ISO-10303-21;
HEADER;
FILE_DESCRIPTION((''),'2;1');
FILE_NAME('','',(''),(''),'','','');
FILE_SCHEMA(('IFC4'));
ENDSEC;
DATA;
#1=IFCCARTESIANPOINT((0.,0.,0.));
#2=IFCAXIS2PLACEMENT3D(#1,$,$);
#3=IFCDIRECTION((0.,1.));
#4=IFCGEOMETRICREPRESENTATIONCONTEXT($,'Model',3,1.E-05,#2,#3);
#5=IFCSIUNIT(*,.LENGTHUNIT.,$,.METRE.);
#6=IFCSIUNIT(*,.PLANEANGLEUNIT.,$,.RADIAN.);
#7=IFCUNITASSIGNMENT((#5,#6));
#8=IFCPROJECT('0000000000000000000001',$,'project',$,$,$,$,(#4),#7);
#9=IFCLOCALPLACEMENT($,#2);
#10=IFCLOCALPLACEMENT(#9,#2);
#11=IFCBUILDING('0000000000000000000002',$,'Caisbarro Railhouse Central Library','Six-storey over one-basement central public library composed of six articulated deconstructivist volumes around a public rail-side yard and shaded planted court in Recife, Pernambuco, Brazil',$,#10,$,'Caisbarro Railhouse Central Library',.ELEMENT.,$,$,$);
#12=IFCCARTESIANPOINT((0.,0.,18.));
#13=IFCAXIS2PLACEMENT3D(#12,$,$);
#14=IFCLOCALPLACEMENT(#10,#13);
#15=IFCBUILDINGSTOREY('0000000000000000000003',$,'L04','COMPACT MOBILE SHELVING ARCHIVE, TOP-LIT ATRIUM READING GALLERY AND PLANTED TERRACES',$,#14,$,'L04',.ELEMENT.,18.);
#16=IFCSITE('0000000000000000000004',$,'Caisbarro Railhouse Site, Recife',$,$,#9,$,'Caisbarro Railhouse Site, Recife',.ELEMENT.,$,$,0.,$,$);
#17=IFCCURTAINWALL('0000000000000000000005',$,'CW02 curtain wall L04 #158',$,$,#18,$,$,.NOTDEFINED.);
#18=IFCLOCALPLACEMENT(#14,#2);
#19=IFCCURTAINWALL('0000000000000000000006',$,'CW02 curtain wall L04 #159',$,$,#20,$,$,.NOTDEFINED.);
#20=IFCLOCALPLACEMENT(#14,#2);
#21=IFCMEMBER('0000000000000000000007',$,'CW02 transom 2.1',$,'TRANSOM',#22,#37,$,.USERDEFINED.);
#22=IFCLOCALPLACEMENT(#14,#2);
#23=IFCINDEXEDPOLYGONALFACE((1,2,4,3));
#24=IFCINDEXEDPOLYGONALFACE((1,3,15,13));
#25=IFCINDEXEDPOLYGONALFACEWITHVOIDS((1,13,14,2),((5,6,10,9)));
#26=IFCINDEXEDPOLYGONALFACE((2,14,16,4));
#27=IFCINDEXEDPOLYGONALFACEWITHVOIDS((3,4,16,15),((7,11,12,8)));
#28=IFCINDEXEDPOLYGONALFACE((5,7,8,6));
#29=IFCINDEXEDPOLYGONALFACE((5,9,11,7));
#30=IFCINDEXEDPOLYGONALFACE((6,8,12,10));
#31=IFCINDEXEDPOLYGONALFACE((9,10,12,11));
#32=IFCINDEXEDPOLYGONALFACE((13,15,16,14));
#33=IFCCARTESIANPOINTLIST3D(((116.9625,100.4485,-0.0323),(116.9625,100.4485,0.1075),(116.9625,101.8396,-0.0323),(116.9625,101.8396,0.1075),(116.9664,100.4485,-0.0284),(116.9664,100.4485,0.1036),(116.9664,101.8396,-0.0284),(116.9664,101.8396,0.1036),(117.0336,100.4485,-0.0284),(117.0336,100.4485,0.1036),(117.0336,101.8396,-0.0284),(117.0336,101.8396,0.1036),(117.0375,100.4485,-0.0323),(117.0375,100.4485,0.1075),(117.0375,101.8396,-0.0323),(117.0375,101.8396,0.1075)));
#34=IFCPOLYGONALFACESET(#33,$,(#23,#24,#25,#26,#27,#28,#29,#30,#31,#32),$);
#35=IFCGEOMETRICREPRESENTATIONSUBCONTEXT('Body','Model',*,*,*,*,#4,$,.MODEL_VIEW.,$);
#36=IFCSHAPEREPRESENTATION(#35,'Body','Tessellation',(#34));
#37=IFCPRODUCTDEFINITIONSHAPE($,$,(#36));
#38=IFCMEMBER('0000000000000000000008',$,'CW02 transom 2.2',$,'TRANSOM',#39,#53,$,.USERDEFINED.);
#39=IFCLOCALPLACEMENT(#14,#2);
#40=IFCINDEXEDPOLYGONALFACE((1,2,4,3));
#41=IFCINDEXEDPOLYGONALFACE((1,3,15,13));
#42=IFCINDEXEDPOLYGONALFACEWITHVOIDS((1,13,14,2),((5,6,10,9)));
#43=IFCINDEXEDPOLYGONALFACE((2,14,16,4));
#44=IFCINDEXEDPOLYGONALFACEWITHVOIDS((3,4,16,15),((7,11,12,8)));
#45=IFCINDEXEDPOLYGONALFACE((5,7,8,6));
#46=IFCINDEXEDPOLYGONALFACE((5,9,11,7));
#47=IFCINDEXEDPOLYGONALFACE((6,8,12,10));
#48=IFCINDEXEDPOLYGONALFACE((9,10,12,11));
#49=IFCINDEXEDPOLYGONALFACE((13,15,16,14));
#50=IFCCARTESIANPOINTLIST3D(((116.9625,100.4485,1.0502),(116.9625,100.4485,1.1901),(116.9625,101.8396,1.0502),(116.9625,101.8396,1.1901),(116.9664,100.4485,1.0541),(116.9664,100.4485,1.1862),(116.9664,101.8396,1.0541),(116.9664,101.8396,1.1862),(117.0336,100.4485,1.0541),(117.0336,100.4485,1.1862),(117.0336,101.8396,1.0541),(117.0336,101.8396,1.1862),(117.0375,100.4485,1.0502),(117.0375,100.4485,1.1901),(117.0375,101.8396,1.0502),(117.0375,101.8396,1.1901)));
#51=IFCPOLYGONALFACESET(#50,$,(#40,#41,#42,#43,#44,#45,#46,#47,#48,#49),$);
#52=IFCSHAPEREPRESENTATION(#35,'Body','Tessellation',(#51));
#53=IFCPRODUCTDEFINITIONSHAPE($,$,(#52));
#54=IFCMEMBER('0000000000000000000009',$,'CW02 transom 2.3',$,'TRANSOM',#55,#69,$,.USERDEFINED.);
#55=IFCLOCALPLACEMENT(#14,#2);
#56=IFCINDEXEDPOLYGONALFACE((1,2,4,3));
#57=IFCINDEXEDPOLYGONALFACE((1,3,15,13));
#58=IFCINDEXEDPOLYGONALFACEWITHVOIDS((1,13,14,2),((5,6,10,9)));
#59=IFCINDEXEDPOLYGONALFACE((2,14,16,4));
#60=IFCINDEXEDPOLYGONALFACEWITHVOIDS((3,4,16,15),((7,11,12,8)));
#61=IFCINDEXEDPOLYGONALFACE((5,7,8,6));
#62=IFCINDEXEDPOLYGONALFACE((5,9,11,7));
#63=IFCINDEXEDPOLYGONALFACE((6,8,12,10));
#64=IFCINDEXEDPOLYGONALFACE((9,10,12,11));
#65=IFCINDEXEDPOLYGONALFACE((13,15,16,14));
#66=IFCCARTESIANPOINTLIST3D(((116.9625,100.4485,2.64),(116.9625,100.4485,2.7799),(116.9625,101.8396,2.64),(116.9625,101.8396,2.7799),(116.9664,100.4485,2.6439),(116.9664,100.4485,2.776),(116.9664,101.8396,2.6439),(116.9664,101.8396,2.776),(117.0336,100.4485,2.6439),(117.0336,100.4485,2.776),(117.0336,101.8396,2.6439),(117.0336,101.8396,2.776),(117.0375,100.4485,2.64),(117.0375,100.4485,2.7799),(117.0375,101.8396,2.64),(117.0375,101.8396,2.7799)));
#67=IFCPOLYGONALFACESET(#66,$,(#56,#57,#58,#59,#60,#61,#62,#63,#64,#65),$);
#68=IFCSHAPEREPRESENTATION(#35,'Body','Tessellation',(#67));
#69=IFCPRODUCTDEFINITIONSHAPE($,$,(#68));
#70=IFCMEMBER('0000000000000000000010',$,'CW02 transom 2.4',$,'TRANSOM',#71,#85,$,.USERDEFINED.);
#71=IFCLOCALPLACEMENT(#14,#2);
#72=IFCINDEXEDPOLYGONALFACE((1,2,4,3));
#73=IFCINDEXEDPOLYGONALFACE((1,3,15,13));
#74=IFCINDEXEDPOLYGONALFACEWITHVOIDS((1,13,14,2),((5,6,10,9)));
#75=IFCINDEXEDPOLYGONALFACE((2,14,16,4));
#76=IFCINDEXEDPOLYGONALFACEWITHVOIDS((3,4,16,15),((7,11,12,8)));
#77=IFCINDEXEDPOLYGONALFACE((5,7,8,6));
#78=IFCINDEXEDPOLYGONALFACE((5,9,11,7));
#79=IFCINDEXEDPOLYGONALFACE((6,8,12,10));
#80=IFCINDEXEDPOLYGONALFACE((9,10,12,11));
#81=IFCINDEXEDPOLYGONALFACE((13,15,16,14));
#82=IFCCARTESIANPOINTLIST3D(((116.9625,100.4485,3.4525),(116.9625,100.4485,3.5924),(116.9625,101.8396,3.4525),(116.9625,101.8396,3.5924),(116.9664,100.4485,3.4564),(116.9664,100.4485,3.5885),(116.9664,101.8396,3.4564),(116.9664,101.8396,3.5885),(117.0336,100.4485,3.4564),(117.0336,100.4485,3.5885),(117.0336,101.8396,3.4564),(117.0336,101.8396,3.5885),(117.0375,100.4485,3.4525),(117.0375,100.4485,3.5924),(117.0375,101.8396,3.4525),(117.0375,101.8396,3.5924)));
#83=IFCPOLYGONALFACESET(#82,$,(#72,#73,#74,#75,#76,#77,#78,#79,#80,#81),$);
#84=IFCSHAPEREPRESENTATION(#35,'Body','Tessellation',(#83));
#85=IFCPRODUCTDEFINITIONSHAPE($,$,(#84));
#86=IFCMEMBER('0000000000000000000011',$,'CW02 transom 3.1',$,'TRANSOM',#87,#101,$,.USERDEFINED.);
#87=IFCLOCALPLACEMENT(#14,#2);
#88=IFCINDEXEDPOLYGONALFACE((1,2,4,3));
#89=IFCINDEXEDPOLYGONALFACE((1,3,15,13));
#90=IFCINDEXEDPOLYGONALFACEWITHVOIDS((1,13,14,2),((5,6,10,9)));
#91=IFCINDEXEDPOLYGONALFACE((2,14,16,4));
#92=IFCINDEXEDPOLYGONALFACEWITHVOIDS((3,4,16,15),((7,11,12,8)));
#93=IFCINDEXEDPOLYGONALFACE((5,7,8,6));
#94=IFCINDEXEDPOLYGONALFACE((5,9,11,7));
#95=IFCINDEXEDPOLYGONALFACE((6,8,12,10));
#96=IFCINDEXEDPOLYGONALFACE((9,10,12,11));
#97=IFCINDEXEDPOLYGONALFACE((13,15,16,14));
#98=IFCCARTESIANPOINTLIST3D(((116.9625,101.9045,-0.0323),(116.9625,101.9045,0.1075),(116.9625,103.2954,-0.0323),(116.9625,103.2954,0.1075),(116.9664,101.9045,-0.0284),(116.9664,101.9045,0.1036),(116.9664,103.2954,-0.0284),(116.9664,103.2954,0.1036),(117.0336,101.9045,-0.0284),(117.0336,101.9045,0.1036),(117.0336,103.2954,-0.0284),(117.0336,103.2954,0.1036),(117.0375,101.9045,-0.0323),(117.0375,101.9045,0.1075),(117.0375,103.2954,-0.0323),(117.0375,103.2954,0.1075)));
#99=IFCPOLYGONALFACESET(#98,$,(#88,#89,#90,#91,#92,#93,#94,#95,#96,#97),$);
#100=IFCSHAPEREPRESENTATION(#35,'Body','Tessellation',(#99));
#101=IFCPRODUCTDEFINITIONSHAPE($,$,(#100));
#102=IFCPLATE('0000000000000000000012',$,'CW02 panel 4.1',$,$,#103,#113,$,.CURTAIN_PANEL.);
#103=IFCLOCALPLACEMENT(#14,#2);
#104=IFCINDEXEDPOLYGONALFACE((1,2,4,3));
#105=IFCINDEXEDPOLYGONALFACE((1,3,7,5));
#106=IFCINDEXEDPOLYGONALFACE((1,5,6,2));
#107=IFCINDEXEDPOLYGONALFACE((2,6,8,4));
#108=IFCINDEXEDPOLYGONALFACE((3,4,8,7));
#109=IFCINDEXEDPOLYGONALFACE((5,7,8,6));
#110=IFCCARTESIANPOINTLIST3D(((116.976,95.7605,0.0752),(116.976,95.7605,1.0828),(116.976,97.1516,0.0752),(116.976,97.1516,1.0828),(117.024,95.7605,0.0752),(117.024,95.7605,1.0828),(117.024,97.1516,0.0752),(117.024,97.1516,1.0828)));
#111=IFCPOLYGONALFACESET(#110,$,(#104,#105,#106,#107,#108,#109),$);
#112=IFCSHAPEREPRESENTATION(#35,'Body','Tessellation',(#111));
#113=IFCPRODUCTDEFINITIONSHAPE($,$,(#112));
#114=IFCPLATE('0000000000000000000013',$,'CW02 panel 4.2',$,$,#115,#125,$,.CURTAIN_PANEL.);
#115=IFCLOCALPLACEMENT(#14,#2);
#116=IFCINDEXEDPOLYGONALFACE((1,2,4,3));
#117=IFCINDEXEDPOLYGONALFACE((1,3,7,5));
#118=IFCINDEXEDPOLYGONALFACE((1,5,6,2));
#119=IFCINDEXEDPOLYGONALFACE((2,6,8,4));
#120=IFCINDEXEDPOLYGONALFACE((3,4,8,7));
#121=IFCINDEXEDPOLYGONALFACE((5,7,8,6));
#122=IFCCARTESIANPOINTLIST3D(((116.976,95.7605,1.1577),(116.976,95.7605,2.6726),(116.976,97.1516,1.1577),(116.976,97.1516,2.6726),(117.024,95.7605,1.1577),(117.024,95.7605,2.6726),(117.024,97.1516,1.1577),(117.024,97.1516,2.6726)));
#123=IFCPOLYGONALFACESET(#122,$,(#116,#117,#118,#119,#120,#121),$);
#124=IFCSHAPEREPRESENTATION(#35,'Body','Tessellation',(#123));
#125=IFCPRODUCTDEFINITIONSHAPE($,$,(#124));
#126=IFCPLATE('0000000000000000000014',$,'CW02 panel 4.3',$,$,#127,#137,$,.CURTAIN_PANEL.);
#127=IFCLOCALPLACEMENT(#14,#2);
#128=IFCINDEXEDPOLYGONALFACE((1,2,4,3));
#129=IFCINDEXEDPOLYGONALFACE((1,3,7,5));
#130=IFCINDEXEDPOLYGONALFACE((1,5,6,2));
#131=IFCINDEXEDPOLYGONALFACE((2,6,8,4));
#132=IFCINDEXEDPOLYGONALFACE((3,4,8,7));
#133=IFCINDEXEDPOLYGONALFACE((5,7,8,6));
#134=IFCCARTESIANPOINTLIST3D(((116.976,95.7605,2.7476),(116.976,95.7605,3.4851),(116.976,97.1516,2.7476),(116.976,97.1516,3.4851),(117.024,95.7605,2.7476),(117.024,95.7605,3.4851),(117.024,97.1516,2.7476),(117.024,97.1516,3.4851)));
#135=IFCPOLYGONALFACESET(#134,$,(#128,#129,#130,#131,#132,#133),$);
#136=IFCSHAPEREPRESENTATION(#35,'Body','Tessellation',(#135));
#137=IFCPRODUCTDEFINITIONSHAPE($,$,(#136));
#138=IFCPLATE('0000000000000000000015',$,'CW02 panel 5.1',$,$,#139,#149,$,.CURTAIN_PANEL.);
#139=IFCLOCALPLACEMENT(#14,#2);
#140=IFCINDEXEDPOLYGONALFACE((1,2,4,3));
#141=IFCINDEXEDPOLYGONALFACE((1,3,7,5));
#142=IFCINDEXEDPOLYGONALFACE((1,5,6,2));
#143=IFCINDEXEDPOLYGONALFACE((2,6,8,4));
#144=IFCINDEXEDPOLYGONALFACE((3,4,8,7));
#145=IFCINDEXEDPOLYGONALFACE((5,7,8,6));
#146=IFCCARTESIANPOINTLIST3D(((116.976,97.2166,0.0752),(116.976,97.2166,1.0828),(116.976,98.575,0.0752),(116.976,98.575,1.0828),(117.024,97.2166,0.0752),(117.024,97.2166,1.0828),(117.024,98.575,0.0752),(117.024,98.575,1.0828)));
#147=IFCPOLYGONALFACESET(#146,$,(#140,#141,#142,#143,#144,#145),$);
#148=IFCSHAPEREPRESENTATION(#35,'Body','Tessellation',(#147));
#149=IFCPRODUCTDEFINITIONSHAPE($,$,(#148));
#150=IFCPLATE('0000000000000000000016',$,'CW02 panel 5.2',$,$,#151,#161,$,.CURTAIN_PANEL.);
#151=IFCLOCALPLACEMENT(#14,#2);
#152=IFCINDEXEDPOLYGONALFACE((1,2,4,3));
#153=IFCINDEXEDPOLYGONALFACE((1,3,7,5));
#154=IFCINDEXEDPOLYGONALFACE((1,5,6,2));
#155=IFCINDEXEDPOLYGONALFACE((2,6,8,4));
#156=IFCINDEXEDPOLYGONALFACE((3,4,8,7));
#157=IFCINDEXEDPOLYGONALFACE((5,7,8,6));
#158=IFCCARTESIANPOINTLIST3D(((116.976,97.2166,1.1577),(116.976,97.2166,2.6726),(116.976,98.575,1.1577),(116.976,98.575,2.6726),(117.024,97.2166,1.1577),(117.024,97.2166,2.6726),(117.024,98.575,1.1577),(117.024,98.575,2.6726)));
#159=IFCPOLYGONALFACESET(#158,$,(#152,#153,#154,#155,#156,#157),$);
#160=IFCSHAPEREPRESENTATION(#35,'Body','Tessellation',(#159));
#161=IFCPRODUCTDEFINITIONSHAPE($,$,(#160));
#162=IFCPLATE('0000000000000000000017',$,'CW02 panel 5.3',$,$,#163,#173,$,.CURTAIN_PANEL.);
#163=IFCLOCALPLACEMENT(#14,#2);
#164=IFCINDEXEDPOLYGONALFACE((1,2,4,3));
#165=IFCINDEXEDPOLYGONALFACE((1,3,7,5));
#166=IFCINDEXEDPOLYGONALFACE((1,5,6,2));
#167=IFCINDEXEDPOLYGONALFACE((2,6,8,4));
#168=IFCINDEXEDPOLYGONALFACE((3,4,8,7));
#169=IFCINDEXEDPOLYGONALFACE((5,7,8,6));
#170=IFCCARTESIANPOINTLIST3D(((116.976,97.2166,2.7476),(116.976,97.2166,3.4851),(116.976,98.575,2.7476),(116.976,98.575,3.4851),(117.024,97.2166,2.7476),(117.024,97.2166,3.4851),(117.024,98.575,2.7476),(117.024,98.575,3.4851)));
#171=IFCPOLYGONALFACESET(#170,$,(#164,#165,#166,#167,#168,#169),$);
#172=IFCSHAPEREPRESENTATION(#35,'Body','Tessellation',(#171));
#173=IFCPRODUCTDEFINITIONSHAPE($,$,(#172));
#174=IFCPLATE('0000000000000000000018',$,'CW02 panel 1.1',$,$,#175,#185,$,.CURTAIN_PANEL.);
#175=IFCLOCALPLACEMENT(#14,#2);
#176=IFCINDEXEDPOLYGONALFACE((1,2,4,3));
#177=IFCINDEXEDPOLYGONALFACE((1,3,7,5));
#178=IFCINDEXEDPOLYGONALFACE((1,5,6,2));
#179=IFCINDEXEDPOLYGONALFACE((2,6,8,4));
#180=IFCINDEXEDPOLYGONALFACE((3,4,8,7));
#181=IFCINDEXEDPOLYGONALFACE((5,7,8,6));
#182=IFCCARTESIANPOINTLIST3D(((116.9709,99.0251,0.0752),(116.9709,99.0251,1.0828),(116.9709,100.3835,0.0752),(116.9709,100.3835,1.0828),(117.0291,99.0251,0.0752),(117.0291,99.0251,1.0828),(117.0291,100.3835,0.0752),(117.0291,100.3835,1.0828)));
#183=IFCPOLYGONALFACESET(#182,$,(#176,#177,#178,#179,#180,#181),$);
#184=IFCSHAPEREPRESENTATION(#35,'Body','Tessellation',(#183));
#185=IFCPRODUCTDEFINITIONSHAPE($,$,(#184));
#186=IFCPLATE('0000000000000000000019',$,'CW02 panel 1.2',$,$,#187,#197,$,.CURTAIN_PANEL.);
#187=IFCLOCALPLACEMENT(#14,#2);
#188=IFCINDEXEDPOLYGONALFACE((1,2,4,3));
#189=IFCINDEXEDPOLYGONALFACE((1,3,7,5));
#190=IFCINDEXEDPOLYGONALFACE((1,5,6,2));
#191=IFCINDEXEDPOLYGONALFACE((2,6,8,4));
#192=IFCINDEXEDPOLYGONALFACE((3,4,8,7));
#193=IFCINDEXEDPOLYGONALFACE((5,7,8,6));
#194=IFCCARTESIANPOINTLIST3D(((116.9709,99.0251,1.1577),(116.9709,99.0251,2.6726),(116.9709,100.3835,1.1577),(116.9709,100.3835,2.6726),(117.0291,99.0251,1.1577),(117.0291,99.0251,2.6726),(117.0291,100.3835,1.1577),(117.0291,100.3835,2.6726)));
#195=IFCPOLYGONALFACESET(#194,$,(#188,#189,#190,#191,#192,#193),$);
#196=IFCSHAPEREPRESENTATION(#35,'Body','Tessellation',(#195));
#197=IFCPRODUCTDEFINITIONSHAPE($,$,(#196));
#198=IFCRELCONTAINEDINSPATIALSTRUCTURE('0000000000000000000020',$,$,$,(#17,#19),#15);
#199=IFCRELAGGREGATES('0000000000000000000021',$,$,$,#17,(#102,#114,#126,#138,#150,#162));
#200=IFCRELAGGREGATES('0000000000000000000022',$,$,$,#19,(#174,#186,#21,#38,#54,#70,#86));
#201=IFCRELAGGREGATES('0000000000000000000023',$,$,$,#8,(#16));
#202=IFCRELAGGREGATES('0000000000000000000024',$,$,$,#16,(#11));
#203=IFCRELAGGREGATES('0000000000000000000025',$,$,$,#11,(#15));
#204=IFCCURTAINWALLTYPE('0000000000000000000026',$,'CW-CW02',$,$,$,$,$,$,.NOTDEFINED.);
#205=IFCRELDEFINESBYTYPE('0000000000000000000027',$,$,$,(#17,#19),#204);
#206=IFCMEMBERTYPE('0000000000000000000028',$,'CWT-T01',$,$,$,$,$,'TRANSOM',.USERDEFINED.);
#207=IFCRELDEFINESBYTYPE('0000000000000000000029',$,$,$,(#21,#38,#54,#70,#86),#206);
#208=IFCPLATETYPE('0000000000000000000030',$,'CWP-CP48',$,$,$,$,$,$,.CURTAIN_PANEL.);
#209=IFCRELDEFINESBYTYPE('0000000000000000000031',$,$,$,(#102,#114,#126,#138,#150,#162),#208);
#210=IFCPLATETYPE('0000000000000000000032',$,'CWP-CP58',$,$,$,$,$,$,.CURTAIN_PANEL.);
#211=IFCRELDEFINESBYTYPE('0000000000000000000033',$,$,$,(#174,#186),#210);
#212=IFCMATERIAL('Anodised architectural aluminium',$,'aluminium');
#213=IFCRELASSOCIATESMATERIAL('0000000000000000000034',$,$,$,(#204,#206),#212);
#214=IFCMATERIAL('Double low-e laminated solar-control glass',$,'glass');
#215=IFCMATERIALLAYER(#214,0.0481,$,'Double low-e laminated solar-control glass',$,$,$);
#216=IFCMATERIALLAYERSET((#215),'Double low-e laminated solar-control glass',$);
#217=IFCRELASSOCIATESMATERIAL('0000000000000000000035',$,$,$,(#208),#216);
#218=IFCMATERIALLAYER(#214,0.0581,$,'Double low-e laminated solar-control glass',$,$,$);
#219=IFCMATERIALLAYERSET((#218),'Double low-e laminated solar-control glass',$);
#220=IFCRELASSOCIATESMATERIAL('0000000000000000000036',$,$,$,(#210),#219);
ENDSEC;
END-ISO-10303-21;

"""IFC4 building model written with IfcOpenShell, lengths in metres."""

from ifc_helpers import new_model, si_unit, direction, frame, origin, origin_2d, place, context, subcontext, project, spatial, rectangle, hollow_rectangle, extrude, material, layer, layer_set, material_profile, profile_set, type_object, element, aggregate, save


model = new_model("IFC4")

# Units and contexts
model_context = context("Model", 3, precision=1e-05, world=origin(), true_north=direction((0.0, 1.0)))
body_context = subcontext(model_context, "Body", "Model", "MODEL_VIEW")
ifc_project = project(units=[si_unit("LENGTHUNIT", "METRE"), si_unit("PLANEANGLEUNIT", "RADIAN")], contexts=[model_context])

# Site, building, storey
site_placement = place(None, origin())
site = spatial("IfcSite", under=ifc_project, at=site_placement, Name="Caisbarro Railhouse Site, Recife", LongName="Caisbarro Railhouse Site, Recife", CompositionType="ELEMENT", RefElevation=0.0)
building_placement = place(site_placement, origin())
building = spatial("IfcBuilding", under=site, at=building_placement, Name="Caisbarro Railhouse Central Library", Description="Six-storey over one-basement central public library composed of six articulated deconstructivist volumes around a public rail-side yard and shaded planted court in Recife, Pernambuco, Brazil", LongName="Caisbarro Railhouse Central Library", CompositionType="ELEMENT")
storey_placement = place(building_placement, frame((0.0, 0.0, 18.0)))
storey = spatial("IfcBuildingStorey", under=building, at=storey_placement, Name="L04", Description="COMPACT MOBILE SHELVING ARCHIVE, TOP-LIT ATRIUM READING GALLERY AND PLANTED TERRACES", LongName="L04", CompositionType="ELEMENT", Elevation=18.0)

# Curtain walls
ifc_material_1 = material(Name="Anodised architectural aluminium", Category="aluminium")
curtain_wall_type = type_object("IfcCurtainWallType", Name="CW-CW02", PredefinedType="NOTDEFINED", material=ifc_material_1)
curtain_wall_1_placement = place(storey_placement, origin())
curtain_wall_1 = element("IfcCurtainWall", 1, at=curtain_wall_1_placement, inside=storey, type_object=curtain_wall_type, Name="CW02 curtain wall L04 #158", PredefinedType="NOTDEFINED")
curtain_wall_2_placement = place(storey_placement, origin())
curtain_wall_2 = element("IfcCurtainWall", 2, at=curtain_wall_2_placement, inside=storey, type_object=curtain_wall_type, Name="CW02 curtain wall L04 #159", PredefinedType="NOTDEFINED")

# Members
ifc_material_profile_1 = material_profile(ifc_material_1, hollow_rectangle(XDim=0.075, YDim=0.1399, WallThickness=0.0039, at=origin_2d()), Name="ALU-TRN-75X140")
ifc_profile_set_1 = profile_set([ifc_material_profile_1], Name="Anodised architectural aluminium")
member_type_1 = type_object("IfcMemberType", Name="CWT-T01", ElementType="TRANSOM", PredefinedType="USERDEFINED", material=ifc_profile_set_1)
member_1_placement = place(storey_placement, frame((117.0, 100.4485, 0.0376), z_axis=(0.0, 1.0, 0.0), x_axis=(-1.0, 0.0, 0.0)))
member_1 = element("IfcMember", 3, at=member_1_placement, type_object=member_type_1, Name="CW02 transom 2.1", ObjectType="TRANSOM", PredefinedType="USERDEFINED", context=body_context, shape_type="SweptSolid", body=[
    extrude(hollow_rectangle(XDim=0.075, YDim=0.1399, WallThickness=0.0039, at=origin_2d()), origin(), (0.0, 0.0, 1.0), 1.3911),
])
member_2_placement = place(storey_placement, frame((117.0, 100.4485, 1.1201), z_axis=(0.0, 1.0, 0.0), x_axis=(-1.0, 0.0, 0.0)))
member_2 = element("IfcMember", 4, at=member_2_placement, type_object=member_type_1, Name="CW02 transom 2.2", ObjectType="TRANSOM", PredefinedType="USERDEFINED", context=body_context, shape_type="SweptSolid", body=[
    extrude(hollow_rectangle(XDim=0.075, YDim=0.1399, WallThickness=0.0039, at=origin_2d()), origin(), (0.0, 0.0, 1.0), 1.3911),
])
member_3_placement = place(storey_placement, frame((117.0, 100.4485, 2.71), z_axis=(0.0, 1.0, 0.0), x_axis=(-1.0, 0.0, 0.0)))
member_3 = element("IfcMember", 5, at=member_3_placement, type_object=member_type_1, Name="CW02 transom 2.3", ObjectType="TRANSOM", PredefinedType="USERDEFINED", context=body_context, shape_type="SweptSolid", body=[
    extrude(hollow_rectangle(XDim=0.075, YDim=0.1399, WallThickness=0.0039, at=origin_2d()), origin(), (0.0, 0.0, 1.0), 1.3911),
])
member_4_placement = place(storey_placement, frame((117.0, 100.4485, 3.5225), z_axis=(0.0, 1.0, 0.0), x_axis=(-1.0, 0.0, 0.0)))
member_4 = element("IfcMember", 6, at=member_4_placement, type_object=member_type_1, Name="CW02 transom 2.4", ObjectType="TRANSOM", PredefinedType="USERDEFINED", context=body_context, shape_type="SweptSolid", body=[
    extrude(hollow_rectangle(XDim=0.075, YDim=0.1399, WallThickness=0.0039, at=origin_2d()), origin(), (0.0, 0.0, 1.0), 1.3911),
])
member_5_placement = place(storey_placement, frame((117.0, 101.9045, 0.0376), z_axis=(0.0, 1.0, 0.0), x_axis=(-1.0, 0.0, 0.0)))
member_5 = element("IfcMember", 7, at=member_5_placement, type_object=member_type_1, Name="CW02 transom 3.1", ObjectType="TRANSOM", PredefinedType="USERDEFINED", context=body_context, shape_type="SweptSolid", body=[
    extrude(hollow_rectangle(XDim=0.075, YDim=0.1399, WallThickness=0.0039, at=origin_2d()), origin(), (0.0, 0.0, 1.0), 1.3909),
])

# Plates
ifc_material_2 = material(Name="Double low-e laminated solar-control glass", Category="glass")
ifc_layer_1 = layer(ifc_material_2, 0.0481, Name="Double low-e laminated solar-control glass")
ifc_layer_set_1 = layer_set([ifc_layer_1], Name="Double low-e laminated solar-control glass")
plate_type_1 = type_object("IfcPlateType", Name="CWP-CP48", PredefinedType="CURTAIN_PANEL", material=ifc_layer_set_1)
plate_1_placement = place(storey_placement, frame((117.0, 96.4561, 0.0752), z_axis=(0.0, 0.0, 1.0), x_axis=(0.0, 1.0, 0.0)))
plate_1 = element("IfcPlate", 8, at=plate_1_placement, type_object=plate_type_1, Name="CW02 panel 4.1", PredefinedType="CURTAIN_PANEL", context=body_context, shape_type="SweptSolid", body=[
    extrude(rectangle(XDim=1.3911, YDim=0.0481, at=origin_2d()), origin(), (0.0, 0.0, 1.0), 1.0076),
])
plate_2_placement = place(storey_placement, frame((117.0, 96.4561, 1.1577), z_axis=(0.0, 0.0, 1.0), x_axis=(0.0, 1.0, 0.0)))
plate_2 = element("IfcPlate", 9, at=plate_2_placement, type_object=plate_type_1, Name="CW02 panel 4.2", PredefinedType="CURTAIN_PANEL", context=body_context, shape_type="SweptSolid", body=[
    extrude(rectangle(XDim=1.3911, YDim=0.0481, at=origin_2d()), origin(), (0.0, 0.0, 1.0), 1.5149),
])
plate_3_placement = place(storey_placement, frame((117.0, 96.4561, 2.7476), z_axis=(0.0, 0.0, 1.0), x_axis=(0.0, 1.0, 0.0)))
plate_3 = element("IfcPlate", 10, at=plate_3_placement, type_object=plate_type_1, Name="CW02 panel 4.3", PredefinedType="CURTAIN_PANEL", context=body_context, shape_type="SweptSolid", body=[
    extrude(rectangle(XDim=1.3911, YDim=0.0481, at=origin_2d()), origin(), (0.0, 0.0, 1.0), 0.7375),
])
plate_4_placement = place(storey_placement, frame((117.0, 97.8958, 0.0752), z_axis=(0.0, 0.0, 1.0), x_axis=(0.0, 1.0, 0.0)))
plate_4 = element("IfcPlate", 11, at=plate_4_placement, type_object=plate_type_1, Name="CW02 panel 5.1", PredefinedType="CURTAIN_PANEL", context=body_context, shape_type="SweptSolid", body=[
    extrude(rectangle(XDim=1.3584, YDim=0.0481, at=origin_2d()), origin(), (0.0, 0.0, 1.0), 1.0076),
])
plate_5_placement = place(storey_placement, frame((117.0, 97.8958, 1.1577), z_axis=(0.0, 0.0, 1.0), x_axis=(0.0, 1.0, 0.0)))
plate_5 = element("IfcPlate", 12, at=plate_5_placement, type_object=plate_type_1, Name="CW02 panel 5.2", PredefinedType="CURTAIN_PANEL", context=body_context, shape_type="SweptSolid", body=[
    extrude(rectangle(XDim=1.3584, YDim=0.0481, at=origin_2d()), origin(), (0.0, 0.0, 1.0), 1.5149),
])
plate_6_placement = place(storey_placement, frame((117.0, 97.8958, 2.7476), z_axis=(0.0, 0.0, 1.0), x_axis=(0.0, 1.0, 0.0)))
plate_6 = element("IfcPlate", 13, at=plate_6_placement, type_object=plate_type_1, Name="CW02 panel 5.3", PredefinedType="CURTAIN_PANEL", context=body_context, shape_type="SweptSolid", body=[
    extrude(rectangle(XDim=1.3584, YDim=0.0481, at=origin_2d()), origin(), (0.0, 0.0, 1.0), 0.7375),
])
aggregate(curtain_wall_1, [plate_1, plate_2, plate_3, plate_4, plate_5, plate_6])
ifc_layer_2 = layer(ifc_material_2, 0.0581, Name="Double low-e laminated solar-control glass")
ifc_layer_set_2 = layer_set([ifc_layer_2], Name="Double low-e laminated solar-control glass")
plate_type_2 = type_object("IfcPlateType", Name="CWP-CP58", PredefinedType="CURTAIN_PANEL", material=ifc_layer_set_2)
plate_7_placement = place(storey_placement, frame((117.0, 99.7043, 0.0752), z_axis=(0.0, 0.0, 1.0), x_axis=(0.0, 1.0, 0.0)))
plate_7 = element("IfcPlate", 14, at=plate_7_placement, type_object=plate_type_2, Name="CW02 panel 1.1", PredefinedType="CURTAIN_PANEL", context=body_context, shape_type="SweptSolid", body=[
    extrude(rectangle(XDim=1.3584, YDim=0.0581, at=origin_2d()), origin(), (0.0, 0.0, 1.0), 1.0076),
])
plate_8_placement = place(storey_placement, frame((117.0, 99.7043, 1.1577), z_axis=(0.0, 0.0, 1.0), x_axis=(0.0, 1.0, 0.0)))
plate_8 = element("IfcPlate", 15, at=plate_8_placement, type_object=plate_type_2, Name="CW02 panel 1.2", PredefinedType="CURTAIN_PANEL", context=body_context, shape_type="SweptSolid", body=[
    extrude(rectangle(XDim=1.3584, YDim=0.0581, at=origin_2d()), origin(), (0.0, 0.0, 1.0), 1.5149),
])
aggregate(curtain_wall_2, [plate_7, plate_8, member_1, member_2, member_3, member_4, member_5])

save(model, "model.ifc")
